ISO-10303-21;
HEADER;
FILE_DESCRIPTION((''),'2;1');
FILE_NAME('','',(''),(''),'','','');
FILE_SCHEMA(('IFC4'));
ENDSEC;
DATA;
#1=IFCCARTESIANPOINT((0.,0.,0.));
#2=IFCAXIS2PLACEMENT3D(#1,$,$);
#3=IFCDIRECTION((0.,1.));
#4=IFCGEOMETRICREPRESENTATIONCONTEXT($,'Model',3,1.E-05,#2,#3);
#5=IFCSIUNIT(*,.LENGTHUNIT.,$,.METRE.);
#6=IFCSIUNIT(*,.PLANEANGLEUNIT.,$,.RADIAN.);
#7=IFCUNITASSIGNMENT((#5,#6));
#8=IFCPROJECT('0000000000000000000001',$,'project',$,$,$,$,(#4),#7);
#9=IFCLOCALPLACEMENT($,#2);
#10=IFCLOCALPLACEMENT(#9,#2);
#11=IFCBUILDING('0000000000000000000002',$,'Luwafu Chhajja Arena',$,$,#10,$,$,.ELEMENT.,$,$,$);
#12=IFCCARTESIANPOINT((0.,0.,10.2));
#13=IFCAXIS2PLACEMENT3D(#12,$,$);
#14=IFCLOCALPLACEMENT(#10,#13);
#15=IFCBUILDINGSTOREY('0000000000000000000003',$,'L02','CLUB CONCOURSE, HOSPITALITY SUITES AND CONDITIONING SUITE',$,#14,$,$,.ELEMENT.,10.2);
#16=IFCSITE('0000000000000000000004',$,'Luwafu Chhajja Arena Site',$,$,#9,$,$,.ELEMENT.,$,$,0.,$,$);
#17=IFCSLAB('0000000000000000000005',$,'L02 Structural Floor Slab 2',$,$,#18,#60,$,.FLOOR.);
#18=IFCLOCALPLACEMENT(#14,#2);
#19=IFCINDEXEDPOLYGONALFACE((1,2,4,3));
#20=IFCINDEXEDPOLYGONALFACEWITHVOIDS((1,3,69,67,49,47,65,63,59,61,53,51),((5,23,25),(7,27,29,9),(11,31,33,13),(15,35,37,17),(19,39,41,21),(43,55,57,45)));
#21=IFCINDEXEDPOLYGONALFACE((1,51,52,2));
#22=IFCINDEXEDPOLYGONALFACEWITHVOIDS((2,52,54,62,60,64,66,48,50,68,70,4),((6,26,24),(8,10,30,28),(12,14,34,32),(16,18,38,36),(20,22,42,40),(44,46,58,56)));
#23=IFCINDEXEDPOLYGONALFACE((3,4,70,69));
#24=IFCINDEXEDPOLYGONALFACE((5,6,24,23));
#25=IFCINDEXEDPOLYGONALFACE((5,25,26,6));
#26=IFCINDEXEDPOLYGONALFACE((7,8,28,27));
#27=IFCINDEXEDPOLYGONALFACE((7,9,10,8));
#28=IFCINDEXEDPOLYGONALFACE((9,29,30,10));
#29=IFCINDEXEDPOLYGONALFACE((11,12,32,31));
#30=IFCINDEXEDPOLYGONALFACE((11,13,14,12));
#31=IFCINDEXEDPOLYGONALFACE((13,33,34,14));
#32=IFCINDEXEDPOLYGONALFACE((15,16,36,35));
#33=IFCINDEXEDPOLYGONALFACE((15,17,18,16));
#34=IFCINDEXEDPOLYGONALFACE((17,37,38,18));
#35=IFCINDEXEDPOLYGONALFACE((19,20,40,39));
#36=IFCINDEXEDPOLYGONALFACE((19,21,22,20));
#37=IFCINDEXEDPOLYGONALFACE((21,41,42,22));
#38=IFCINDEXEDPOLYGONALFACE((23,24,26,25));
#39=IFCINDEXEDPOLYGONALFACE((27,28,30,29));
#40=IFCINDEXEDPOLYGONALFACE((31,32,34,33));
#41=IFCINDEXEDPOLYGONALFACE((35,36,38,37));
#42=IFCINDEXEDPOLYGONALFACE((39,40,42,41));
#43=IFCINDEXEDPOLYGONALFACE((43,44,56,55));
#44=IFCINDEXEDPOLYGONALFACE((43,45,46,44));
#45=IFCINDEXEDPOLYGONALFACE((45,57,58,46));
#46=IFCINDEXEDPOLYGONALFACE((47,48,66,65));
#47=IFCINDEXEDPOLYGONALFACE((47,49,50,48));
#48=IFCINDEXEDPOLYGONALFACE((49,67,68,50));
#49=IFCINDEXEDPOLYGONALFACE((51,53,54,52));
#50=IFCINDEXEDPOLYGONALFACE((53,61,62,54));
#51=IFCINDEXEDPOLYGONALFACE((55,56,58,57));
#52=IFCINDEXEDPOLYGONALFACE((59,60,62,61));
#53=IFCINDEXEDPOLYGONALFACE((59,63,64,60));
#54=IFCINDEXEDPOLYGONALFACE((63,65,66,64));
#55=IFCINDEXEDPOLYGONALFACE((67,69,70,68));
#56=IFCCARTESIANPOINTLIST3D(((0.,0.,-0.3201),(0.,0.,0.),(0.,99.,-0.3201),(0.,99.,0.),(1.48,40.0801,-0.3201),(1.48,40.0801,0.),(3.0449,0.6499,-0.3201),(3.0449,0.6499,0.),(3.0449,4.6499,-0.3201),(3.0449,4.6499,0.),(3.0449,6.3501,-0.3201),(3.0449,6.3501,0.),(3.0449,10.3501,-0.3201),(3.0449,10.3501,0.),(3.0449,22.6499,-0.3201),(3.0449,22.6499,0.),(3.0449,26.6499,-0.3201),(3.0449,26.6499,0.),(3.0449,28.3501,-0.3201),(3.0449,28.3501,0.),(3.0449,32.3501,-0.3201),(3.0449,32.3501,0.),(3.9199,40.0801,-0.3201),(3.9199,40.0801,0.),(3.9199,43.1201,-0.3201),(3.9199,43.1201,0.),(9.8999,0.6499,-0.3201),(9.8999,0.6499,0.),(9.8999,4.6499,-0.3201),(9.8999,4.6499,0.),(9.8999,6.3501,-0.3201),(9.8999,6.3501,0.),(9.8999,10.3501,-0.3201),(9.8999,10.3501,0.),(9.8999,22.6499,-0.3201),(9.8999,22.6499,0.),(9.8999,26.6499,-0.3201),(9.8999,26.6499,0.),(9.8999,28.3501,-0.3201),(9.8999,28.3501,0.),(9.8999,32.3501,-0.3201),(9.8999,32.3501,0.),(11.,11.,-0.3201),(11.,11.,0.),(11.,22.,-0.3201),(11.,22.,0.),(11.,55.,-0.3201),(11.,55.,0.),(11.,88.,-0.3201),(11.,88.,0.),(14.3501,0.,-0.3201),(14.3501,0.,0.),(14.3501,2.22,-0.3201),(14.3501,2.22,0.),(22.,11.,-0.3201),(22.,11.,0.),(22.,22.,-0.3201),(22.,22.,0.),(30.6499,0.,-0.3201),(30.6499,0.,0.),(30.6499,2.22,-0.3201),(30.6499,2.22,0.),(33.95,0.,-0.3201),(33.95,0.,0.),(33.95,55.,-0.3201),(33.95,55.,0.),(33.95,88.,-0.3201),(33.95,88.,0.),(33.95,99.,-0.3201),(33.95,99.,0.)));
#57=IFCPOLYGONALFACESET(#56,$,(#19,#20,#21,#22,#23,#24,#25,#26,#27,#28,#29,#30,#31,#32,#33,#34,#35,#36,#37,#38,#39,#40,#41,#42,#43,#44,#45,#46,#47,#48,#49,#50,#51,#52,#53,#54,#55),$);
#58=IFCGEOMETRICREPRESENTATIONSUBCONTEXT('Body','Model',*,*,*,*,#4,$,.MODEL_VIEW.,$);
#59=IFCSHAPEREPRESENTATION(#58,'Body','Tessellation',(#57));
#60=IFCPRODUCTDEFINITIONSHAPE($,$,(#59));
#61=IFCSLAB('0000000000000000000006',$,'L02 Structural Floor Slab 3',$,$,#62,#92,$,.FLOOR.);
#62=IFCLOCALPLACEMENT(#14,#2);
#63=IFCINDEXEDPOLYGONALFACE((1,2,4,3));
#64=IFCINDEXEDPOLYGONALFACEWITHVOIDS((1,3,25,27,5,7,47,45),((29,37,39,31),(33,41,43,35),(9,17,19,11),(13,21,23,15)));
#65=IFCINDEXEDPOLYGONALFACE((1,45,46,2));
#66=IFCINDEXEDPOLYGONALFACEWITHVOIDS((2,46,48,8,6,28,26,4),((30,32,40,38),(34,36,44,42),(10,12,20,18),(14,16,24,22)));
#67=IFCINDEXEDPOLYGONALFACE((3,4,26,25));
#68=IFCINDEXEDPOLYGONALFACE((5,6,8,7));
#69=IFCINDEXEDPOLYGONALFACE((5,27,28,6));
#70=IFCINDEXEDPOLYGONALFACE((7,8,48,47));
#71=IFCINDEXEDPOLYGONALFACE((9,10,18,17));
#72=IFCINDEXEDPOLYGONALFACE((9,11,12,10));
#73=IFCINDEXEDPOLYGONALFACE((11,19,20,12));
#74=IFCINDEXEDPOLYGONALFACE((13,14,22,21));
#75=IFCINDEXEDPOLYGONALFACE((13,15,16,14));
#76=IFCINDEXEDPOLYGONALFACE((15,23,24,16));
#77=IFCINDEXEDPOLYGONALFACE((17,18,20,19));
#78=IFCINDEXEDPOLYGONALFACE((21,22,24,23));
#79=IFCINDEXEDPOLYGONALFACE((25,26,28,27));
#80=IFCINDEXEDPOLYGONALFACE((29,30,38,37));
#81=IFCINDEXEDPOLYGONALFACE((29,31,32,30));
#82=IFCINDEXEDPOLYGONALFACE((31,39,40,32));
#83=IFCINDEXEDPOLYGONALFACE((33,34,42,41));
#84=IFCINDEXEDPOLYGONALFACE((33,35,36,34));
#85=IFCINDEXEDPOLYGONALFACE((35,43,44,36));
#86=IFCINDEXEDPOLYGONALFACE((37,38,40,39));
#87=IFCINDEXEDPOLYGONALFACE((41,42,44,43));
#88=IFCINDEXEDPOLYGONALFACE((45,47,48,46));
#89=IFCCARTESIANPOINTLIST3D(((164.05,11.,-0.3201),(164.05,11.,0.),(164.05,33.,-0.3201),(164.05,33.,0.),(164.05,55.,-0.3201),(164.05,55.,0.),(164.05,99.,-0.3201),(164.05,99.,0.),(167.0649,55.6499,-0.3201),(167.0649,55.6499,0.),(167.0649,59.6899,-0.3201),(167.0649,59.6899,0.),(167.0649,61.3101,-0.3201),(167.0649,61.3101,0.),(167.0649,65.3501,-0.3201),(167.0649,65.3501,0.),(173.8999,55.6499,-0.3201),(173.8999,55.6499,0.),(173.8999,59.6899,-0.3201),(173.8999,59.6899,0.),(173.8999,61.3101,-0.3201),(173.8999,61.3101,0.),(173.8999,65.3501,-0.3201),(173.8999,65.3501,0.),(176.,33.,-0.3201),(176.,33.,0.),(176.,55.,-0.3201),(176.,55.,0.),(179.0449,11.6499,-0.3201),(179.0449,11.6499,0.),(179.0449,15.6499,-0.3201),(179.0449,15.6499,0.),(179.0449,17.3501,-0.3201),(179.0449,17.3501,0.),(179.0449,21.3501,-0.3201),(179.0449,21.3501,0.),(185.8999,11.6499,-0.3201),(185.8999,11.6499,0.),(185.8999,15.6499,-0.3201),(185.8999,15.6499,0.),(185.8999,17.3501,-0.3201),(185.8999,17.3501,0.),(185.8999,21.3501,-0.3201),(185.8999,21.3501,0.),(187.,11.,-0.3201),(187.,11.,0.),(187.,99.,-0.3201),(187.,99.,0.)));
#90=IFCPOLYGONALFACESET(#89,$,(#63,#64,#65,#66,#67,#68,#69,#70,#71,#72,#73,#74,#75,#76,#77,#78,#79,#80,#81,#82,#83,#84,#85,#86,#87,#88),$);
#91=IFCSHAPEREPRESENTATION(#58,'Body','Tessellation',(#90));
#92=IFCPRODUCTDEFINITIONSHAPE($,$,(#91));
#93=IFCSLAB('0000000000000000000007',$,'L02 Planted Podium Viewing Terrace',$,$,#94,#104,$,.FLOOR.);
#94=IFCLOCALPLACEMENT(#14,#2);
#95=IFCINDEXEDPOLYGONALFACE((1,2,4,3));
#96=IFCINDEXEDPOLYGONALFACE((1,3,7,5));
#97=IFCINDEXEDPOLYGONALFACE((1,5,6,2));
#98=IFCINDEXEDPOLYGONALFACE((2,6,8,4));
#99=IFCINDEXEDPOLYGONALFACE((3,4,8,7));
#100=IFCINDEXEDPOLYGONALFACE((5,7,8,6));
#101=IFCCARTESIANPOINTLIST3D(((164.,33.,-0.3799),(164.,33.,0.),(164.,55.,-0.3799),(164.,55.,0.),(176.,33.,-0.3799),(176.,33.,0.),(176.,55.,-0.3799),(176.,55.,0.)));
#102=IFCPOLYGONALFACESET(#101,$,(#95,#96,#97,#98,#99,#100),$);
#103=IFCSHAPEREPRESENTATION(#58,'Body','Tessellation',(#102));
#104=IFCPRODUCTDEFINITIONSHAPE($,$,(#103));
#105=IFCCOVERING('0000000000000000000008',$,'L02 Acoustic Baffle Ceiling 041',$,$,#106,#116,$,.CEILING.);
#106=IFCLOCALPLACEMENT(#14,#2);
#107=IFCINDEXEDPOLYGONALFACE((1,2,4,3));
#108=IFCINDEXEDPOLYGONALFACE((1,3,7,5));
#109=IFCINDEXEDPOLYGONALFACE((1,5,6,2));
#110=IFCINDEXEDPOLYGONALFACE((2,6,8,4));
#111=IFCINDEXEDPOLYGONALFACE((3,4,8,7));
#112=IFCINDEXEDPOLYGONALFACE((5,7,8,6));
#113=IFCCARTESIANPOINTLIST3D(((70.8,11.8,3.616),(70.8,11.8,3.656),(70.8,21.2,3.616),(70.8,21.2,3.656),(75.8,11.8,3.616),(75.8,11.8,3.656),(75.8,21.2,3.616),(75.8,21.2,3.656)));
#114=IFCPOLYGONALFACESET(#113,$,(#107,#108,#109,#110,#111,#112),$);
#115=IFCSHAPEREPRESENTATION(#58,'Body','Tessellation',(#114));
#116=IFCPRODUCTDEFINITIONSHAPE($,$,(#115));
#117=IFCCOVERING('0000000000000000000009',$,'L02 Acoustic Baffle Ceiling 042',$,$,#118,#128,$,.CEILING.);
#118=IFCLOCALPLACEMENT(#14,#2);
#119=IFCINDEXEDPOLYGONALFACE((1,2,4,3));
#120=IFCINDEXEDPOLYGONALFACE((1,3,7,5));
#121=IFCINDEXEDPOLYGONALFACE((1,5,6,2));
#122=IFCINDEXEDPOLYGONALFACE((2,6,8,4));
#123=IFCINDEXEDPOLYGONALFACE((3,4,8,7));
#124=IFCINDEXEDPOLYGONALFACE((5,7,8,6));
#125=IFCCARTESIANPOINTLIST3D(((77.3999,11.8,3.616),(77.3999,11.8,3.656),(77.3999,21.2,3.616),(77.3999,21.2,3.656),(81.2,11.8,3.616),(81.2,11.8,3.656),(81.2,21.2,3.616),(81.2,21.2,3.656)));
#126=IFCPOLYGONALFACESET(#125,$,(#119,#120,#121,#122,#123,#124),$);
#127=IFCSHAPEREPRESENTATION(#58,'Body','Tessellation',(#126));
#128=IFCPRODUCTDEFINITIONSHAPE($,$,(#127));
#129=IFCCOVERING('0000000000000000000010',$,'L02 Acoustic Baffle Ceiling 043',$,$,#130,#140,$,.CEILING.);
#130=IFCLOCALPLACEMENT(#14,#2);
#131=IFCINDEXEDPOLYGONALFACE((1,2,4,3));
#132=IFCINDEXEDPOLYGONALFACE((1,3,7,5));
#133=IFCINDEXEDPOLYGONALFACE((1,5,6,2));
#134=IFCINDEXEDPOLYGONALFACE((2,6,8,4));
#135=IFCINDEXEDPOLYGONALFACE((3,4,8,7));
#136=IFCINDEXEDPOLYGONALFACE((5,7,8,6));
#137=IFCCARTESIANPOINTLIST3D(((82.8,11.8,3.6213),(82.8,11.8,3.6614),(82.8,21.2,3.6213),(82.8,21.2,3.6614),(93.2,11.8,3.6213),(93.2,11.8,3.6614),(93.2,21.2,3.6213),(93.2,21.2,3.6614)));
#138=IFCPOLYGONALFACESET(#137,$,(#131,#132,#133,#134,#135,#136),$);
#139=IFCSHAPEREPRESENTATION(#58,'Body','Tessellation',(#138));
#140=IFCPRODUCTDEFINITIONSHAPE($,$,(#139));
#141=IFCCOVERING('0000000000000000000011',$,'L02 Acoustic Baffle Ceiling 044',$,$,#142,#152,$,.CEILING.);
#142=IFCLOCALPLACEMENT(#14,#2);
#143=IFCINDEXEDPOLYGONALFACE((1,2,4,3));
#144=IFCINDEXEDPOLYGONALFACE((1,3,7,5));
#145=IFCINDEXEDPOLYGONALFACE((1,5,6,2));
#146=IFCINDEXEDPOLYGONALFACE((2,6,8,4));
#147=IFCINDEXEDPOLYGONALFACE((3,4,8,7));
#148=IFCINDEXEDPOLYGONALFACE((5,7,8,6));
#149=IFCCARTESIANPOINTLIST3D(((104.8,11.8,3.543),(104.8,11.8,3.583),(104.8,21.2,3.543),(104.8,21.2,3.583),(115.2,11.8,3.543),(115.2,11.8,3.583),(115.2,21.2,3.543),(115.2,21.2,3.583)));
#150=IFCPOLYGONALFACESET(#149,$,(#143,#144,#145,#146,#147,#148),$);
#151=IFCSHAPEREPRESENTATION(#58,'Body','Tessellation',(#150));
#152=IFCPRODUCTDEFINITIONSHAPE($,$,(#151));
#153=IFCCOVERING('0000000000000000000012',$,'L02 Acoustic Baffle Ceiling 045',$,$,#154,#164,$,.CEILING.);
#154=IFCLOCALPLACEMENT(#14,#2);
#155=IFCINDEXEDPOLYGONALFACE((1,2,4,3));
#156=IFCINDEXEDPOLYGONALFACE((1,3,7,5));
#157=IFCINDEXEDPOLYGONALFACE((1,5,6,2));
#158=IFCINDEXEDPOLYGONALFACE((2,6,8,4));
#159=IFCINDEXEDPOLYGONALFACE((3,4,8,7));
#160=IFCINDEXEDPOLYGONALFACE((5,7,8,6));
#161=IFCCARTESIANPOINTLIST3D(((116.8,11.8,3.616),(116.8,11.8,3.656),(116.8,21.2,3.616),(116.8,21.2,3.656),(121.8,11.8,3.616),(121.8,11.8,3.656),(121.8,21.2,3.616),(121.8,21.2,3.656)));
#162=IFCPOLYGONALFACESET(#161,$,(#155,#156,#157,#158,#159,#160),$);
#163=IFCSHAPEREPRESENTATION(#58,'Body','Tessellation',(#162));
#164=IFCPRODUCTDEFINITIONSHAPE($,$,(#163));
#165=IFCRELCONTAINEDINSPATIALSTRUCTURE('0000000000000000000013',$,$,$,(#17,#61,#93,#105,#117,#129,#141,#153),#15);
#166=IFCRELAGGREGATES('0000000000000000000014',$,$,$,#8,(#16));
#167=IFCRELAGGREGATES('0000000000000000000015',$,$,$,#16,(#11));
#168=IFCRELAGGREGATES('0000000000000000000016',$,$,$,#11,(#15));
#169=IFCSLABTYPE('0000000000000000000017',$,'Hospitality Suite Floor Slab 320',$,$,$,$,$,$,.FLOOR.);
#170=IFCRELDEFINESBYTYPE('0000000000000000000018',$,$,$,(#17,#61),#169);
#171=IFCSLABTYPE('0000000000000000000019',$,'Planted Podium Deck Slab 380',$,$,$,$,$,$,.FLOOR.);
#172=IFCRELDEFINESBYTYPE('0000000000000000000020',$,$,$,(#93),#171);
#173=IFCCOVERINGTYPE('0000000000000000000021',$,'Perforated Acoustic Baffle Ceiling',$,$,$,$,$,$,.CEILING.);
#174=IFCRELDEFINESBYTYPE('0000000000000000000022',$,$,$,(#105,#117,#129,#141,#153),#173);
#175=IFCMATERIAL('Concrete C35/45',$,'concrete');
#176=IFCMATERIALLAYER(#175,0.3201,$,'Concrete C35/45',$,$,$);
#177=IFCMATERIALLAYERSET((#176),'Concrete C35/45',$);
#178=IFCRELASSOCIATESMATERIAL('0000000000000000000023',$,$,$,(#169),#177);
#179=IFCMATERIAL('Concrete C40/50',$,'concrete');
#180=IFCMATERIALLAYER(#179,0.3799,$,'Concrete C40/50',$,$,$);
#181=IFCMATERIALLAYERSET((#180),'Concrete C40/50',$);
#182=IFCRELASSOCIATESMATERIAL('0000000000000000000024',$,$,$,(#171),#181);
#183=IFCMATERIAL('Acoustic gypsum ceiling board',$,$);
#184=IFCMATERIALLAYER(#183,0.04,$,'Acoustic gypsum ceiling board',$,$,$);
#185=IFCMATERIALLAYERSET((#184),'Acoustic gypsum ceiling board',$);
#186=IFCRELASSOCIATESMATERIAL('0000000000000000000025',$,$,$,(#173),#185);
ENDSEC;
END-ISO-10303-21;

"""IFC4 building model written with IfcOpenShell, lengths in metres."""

from ifc_helpers import new_model, si_unit, direction, frame, origin, place, context, subcontext, project, spatial, polyline, outline, extrude, material, layer, layer_set, type_object, element, save


model = new_model("IFC4")

# Units and contexts
model_context = context("Model", 3, precision=1e-05, world=origin(), true_north=direction((0.0, 1.0)))
body_context = subcontext(model_context, "Body", "Model", "MODEL_VIEW")
ifc_project = project(units=[si_unit("LENGTHUNIT", "METRE"), si_unit("PLANEANGLEUNIT", "RADIAN")], contexts=[model_context])

# Site, building, storey
site_placement = place(None, origin())
site = spatial("IfcSite", under=ifc_project, at=site_placement, Name="Luwafu Chhajja Arena Site", CompositionType="ELEMENT", RefElevation=0.0)
building_placement = place(site_placement, origin())
building = spatial("IfcBuilding", under=site, at=building_placement, Name="Luwafu Chhajja Arena", CompositionType="ELEMENT")
storey_placement = place(building_placement, frame((0.0, 0.0, 10.2)))
storey = spatial("IfcBuildingStorey", under=building, at=storey_placement, Name="L02", Description="CLUB CONCOURSE, HOSPITALITY SUITES AND CONDITIONING SUITE", CompositionType="ELEMENT", Elevation=10.2)

# Shared definitions
ifc_material_1 = material(Name="Concrete C40/50", Category="concrete")

# Shared definitions
ifc_material_2 = material(Name="Concrete C35/45", Category="concrete")

# Slabs
ifc_layer_1 = layer(ifc_material_2, 0.3201, Name="Concrete C35/45")
ifc_layer_set_1 = layer_set([ifc_layer_1], Name="Concrete C35/45")
slab_type_1 = type_object("IfcSlabType", Name="Hospitality Suite Floor Slab 320", PredefinedType="FLOOR", material=ifc_layer_set_1)
slab_1_placement = place(storey_placement, frame((0.0, 0.0, -0.3201)))
element("IfcSlab", 1, at=slab_1_placement, inside=storey, type_object=slab_type_1, Name="L02 Structural Floor Slab 2", PredefinedType="FLOOR", context=body_context, shape_type="SweptSolid", body=[
    extrude(outline(polyline([(33.95, 99.0), (33.95, 88.0), (11.0, 88.0), (11.0, 55.0), (33.95, 55.0), (33.95, 0.0), (30.6499, 0.0), (30.6499, 2.22), (14.3501, 2.22), (14.3501, 0.0), (0.0, 0.0), (0.0, 99.0), (33.95, 99.0)]), holes=[polyline([(22.0, 11.0), (22.0, 22.0), (11.0, 22.0), (11.0, 11.0), (22.0, 11.0)]), polyline([(3.0449, 32.3501), (3.0449, 28.3501), (9.8999, 28.3501), (9.8999, 32.3501), (3.0449, 32.3501)]), polyline([(3.0449, 10.3501), (3.0449, 6.3501), (9.8999, 6.3501), (9.8999, 10.3501), (3.0449, 10.3501)]), polyline([(3.0449, 22.6499), (9.8999, 22.6499), (9.8999, 26.6499), (3.0449, 26.6499), (3.0449, 22.6499)]), polyline([(3.0449, 0.6499), (9.8999, 0.6499), (9.8999, 4.6499), (3.0449, 4.6499), (3.0449, 0.6499)]), polyline([(3.9199, 43.1201), (1.48, 40.0801), (3.9199, 40.0801), (3.9199, 43.1201)])]), origin(), (0.0, 0.0, 1.0), 0.3201),
])
slab_2_placement = place(storey_placement, frame((0.0, 0.0, -0.3201)))
element("IfcSlab", 2, at=slab_2_placement, inside=storey, type_object=slab_type_1, Name="L02 Structural Floor Slab 3", PredefinedType="FLOOR", context=body_context, shape_type="SweptSolid", body=[
    extrude(outline(polyline([(187.0, 99.0), (187.0, 11.0), (164.05, 11.0), (164.05, 33.0), (176.0, 33.0), (176.0, 55.0), (164.05, 55.0), (164.05, 99.0), (187.0, 99.0)]), holes=[polyline([(185.8999, 15.6499), (179.0449, 15.6499), (179.0449, 11.6499), (185.8999, 11.6499), (185.8999, 15.6499)]), polyline([(185.8999, 17.3501), (185.8999, 21.3501), (179.0449, 21.3501), (179.0449, 17.3501), (185.8999, 17.3501)]), polyline([(173.8999, 59.6899), (167.0649, 59.6899), (167.0649, 55.6499), (173.8999, 55.6499), (173.8999, 59.6899)]), polyline([(173.8999, 61.3101), (173.8999, 65.3501), (167.0649, 65.3501), (167.0649, 61.3101), (173.8999, 61.3101)])]), origin(), (0.0, 0.0, 1.0), 0.3201),
])
ifc_layer_2 = layer(ifc_material_1, 0.3799, Name="Concrete C40/50")
ifc_layer_set_2 = layer_set([ifc_layer_2], Name="Concrete C40/50")
slab_type_2 = type_object("IfcSlabType", Name="Planted Podium Deck Slab 380", PredefinedType="FLOOR", material=ifc_layer_set_2)
slab_3_placement = place(storey_placement, frame((0.0, 0.0, -0.3799)))
element("IfcSlab", 3, at=slab_3_placement, inside=storey, type_object=slab_type_2, Name="L02 Planted Podium Viewing Terrace", PredefinedType="FLOOR", context=body_context, shape_type="SweptSolid", body=[
    extrude(outline(polyline([(164.0, 33.0), (176.0, 33.0), (176.0, 55.0), (164.0, 55.0), (164.0, 33.0)])), origin(), (0.0, 0.0, 1.0), 0.3799),
])

# Coverings
ifc_material_3 = material(Name="Acoustic gypsum ceiling board")
ifc_layer_3 = layer(ifc_material_3, 0.04, Name="Acoustic gypsum ceiling board")
ifc_layer_set_3 = layer_set([ifc_layer_3], Name="Acoustic gypsum ceiling board")
covering_type = type_object("IfcCoveringType", Name="Perforated Acoustic Baffle Ceiling", PredefinedType="CEILING", material=ifc_layer_set_3)
covering_1_placement = place(storey_placement, frame((0.0, 0.0, 3.616)))
element("IfcCovering", 4, at=covering_1_placement, inside=storey, type_object=covering_type, Name="L02 Acoustic Baffle Ceiling 041", PredefinedType="CEILING", context=body_context, shape_type="SweptSolid", body=[
    extrude(outline(polyline([(70.8, 11.8), (75.8, 11.8), (75.8, 21.2), (70.8, 21.2), (70.8, 11.8)])), origin(), (0.0, 0.0, 1.0), 0.04),
])
covering_2_placement = place(storey_placement, frame((0.0, 0.0, 3.616)))
element("IfcCovering", 5, at=covering_2_placement, inside=storey, type_object=covering_type, Name="L02 Acoustic Baffle Ceiling 042", PredefinedType="CEILING", context=body_context, shape_type="SweptSolid", body=[
    extrude(outline(polyline([(77.3999, 11.8), (81.2, 11.8), (81.2, 21.2), (77.3999, 21.2), (77.3999, 11.8)])), origin(), (0.0, 0.0, 1.0), 0.04),
])
covering_3_placement = place(storey_placement, frame((0.0, 0.0, 3.6213)))
element("IfcCovering", 6, at=covering_3_placement, inside=storey, type_object=covering_type, Name="L02 Acoustic Baffle Ceiling 043", PredefinedType="CEILING", context=body_context, shape_type="SweptSolid", body=[
    extrude(outline(polyline([(82.8, 11.8), (93.2, 11.8), (93.2, 21.2), (82.8, 21.2), (82.8, 11.8)])), origin(), (0.0, 0.0, 1.0), 0.04),
])
covering_4_placement = place(storey_placement, frame((0.0, 0.0, 3.543)))
element("IfcCovering", 7, at=covering_4_placement, inside=storey, type_object=covering_type, Name="L02 Acoustic Baffle Ceiling 044", PredefinedType="CEILING", context=body_context, shape_type="SweptSolid", body=[
    extrude(outline(polyline([(104.8, 11.8), (115.2, 11.8), (115.2, 21.2), (104.8, 21.2), (104.8, 11.8)])), origin(), (0.0, 0.0, 1.0), 0.04),
])
covering_5_placement = place(storey_placement, frame((0.0, 0.0, 3.616)))
element("IfcCovering", 8, at=covering_5_placement, inside=storey, type_object=covering_type, Name="L02 Acoustic Baffle Ceiling 045", PredefinedType="CEILING", context=body_context, shape_type="SweptSolid", body=[
    extrude(outline(polyline([(116.8, 11.8), (121.8, 11.8), (121.8, 21.2), (116.8, 21.2), (116.8, 11.8)])), origin(), (0.0, 0.0, 1.0), 0.04),
])

save(model, "model.ifc")
